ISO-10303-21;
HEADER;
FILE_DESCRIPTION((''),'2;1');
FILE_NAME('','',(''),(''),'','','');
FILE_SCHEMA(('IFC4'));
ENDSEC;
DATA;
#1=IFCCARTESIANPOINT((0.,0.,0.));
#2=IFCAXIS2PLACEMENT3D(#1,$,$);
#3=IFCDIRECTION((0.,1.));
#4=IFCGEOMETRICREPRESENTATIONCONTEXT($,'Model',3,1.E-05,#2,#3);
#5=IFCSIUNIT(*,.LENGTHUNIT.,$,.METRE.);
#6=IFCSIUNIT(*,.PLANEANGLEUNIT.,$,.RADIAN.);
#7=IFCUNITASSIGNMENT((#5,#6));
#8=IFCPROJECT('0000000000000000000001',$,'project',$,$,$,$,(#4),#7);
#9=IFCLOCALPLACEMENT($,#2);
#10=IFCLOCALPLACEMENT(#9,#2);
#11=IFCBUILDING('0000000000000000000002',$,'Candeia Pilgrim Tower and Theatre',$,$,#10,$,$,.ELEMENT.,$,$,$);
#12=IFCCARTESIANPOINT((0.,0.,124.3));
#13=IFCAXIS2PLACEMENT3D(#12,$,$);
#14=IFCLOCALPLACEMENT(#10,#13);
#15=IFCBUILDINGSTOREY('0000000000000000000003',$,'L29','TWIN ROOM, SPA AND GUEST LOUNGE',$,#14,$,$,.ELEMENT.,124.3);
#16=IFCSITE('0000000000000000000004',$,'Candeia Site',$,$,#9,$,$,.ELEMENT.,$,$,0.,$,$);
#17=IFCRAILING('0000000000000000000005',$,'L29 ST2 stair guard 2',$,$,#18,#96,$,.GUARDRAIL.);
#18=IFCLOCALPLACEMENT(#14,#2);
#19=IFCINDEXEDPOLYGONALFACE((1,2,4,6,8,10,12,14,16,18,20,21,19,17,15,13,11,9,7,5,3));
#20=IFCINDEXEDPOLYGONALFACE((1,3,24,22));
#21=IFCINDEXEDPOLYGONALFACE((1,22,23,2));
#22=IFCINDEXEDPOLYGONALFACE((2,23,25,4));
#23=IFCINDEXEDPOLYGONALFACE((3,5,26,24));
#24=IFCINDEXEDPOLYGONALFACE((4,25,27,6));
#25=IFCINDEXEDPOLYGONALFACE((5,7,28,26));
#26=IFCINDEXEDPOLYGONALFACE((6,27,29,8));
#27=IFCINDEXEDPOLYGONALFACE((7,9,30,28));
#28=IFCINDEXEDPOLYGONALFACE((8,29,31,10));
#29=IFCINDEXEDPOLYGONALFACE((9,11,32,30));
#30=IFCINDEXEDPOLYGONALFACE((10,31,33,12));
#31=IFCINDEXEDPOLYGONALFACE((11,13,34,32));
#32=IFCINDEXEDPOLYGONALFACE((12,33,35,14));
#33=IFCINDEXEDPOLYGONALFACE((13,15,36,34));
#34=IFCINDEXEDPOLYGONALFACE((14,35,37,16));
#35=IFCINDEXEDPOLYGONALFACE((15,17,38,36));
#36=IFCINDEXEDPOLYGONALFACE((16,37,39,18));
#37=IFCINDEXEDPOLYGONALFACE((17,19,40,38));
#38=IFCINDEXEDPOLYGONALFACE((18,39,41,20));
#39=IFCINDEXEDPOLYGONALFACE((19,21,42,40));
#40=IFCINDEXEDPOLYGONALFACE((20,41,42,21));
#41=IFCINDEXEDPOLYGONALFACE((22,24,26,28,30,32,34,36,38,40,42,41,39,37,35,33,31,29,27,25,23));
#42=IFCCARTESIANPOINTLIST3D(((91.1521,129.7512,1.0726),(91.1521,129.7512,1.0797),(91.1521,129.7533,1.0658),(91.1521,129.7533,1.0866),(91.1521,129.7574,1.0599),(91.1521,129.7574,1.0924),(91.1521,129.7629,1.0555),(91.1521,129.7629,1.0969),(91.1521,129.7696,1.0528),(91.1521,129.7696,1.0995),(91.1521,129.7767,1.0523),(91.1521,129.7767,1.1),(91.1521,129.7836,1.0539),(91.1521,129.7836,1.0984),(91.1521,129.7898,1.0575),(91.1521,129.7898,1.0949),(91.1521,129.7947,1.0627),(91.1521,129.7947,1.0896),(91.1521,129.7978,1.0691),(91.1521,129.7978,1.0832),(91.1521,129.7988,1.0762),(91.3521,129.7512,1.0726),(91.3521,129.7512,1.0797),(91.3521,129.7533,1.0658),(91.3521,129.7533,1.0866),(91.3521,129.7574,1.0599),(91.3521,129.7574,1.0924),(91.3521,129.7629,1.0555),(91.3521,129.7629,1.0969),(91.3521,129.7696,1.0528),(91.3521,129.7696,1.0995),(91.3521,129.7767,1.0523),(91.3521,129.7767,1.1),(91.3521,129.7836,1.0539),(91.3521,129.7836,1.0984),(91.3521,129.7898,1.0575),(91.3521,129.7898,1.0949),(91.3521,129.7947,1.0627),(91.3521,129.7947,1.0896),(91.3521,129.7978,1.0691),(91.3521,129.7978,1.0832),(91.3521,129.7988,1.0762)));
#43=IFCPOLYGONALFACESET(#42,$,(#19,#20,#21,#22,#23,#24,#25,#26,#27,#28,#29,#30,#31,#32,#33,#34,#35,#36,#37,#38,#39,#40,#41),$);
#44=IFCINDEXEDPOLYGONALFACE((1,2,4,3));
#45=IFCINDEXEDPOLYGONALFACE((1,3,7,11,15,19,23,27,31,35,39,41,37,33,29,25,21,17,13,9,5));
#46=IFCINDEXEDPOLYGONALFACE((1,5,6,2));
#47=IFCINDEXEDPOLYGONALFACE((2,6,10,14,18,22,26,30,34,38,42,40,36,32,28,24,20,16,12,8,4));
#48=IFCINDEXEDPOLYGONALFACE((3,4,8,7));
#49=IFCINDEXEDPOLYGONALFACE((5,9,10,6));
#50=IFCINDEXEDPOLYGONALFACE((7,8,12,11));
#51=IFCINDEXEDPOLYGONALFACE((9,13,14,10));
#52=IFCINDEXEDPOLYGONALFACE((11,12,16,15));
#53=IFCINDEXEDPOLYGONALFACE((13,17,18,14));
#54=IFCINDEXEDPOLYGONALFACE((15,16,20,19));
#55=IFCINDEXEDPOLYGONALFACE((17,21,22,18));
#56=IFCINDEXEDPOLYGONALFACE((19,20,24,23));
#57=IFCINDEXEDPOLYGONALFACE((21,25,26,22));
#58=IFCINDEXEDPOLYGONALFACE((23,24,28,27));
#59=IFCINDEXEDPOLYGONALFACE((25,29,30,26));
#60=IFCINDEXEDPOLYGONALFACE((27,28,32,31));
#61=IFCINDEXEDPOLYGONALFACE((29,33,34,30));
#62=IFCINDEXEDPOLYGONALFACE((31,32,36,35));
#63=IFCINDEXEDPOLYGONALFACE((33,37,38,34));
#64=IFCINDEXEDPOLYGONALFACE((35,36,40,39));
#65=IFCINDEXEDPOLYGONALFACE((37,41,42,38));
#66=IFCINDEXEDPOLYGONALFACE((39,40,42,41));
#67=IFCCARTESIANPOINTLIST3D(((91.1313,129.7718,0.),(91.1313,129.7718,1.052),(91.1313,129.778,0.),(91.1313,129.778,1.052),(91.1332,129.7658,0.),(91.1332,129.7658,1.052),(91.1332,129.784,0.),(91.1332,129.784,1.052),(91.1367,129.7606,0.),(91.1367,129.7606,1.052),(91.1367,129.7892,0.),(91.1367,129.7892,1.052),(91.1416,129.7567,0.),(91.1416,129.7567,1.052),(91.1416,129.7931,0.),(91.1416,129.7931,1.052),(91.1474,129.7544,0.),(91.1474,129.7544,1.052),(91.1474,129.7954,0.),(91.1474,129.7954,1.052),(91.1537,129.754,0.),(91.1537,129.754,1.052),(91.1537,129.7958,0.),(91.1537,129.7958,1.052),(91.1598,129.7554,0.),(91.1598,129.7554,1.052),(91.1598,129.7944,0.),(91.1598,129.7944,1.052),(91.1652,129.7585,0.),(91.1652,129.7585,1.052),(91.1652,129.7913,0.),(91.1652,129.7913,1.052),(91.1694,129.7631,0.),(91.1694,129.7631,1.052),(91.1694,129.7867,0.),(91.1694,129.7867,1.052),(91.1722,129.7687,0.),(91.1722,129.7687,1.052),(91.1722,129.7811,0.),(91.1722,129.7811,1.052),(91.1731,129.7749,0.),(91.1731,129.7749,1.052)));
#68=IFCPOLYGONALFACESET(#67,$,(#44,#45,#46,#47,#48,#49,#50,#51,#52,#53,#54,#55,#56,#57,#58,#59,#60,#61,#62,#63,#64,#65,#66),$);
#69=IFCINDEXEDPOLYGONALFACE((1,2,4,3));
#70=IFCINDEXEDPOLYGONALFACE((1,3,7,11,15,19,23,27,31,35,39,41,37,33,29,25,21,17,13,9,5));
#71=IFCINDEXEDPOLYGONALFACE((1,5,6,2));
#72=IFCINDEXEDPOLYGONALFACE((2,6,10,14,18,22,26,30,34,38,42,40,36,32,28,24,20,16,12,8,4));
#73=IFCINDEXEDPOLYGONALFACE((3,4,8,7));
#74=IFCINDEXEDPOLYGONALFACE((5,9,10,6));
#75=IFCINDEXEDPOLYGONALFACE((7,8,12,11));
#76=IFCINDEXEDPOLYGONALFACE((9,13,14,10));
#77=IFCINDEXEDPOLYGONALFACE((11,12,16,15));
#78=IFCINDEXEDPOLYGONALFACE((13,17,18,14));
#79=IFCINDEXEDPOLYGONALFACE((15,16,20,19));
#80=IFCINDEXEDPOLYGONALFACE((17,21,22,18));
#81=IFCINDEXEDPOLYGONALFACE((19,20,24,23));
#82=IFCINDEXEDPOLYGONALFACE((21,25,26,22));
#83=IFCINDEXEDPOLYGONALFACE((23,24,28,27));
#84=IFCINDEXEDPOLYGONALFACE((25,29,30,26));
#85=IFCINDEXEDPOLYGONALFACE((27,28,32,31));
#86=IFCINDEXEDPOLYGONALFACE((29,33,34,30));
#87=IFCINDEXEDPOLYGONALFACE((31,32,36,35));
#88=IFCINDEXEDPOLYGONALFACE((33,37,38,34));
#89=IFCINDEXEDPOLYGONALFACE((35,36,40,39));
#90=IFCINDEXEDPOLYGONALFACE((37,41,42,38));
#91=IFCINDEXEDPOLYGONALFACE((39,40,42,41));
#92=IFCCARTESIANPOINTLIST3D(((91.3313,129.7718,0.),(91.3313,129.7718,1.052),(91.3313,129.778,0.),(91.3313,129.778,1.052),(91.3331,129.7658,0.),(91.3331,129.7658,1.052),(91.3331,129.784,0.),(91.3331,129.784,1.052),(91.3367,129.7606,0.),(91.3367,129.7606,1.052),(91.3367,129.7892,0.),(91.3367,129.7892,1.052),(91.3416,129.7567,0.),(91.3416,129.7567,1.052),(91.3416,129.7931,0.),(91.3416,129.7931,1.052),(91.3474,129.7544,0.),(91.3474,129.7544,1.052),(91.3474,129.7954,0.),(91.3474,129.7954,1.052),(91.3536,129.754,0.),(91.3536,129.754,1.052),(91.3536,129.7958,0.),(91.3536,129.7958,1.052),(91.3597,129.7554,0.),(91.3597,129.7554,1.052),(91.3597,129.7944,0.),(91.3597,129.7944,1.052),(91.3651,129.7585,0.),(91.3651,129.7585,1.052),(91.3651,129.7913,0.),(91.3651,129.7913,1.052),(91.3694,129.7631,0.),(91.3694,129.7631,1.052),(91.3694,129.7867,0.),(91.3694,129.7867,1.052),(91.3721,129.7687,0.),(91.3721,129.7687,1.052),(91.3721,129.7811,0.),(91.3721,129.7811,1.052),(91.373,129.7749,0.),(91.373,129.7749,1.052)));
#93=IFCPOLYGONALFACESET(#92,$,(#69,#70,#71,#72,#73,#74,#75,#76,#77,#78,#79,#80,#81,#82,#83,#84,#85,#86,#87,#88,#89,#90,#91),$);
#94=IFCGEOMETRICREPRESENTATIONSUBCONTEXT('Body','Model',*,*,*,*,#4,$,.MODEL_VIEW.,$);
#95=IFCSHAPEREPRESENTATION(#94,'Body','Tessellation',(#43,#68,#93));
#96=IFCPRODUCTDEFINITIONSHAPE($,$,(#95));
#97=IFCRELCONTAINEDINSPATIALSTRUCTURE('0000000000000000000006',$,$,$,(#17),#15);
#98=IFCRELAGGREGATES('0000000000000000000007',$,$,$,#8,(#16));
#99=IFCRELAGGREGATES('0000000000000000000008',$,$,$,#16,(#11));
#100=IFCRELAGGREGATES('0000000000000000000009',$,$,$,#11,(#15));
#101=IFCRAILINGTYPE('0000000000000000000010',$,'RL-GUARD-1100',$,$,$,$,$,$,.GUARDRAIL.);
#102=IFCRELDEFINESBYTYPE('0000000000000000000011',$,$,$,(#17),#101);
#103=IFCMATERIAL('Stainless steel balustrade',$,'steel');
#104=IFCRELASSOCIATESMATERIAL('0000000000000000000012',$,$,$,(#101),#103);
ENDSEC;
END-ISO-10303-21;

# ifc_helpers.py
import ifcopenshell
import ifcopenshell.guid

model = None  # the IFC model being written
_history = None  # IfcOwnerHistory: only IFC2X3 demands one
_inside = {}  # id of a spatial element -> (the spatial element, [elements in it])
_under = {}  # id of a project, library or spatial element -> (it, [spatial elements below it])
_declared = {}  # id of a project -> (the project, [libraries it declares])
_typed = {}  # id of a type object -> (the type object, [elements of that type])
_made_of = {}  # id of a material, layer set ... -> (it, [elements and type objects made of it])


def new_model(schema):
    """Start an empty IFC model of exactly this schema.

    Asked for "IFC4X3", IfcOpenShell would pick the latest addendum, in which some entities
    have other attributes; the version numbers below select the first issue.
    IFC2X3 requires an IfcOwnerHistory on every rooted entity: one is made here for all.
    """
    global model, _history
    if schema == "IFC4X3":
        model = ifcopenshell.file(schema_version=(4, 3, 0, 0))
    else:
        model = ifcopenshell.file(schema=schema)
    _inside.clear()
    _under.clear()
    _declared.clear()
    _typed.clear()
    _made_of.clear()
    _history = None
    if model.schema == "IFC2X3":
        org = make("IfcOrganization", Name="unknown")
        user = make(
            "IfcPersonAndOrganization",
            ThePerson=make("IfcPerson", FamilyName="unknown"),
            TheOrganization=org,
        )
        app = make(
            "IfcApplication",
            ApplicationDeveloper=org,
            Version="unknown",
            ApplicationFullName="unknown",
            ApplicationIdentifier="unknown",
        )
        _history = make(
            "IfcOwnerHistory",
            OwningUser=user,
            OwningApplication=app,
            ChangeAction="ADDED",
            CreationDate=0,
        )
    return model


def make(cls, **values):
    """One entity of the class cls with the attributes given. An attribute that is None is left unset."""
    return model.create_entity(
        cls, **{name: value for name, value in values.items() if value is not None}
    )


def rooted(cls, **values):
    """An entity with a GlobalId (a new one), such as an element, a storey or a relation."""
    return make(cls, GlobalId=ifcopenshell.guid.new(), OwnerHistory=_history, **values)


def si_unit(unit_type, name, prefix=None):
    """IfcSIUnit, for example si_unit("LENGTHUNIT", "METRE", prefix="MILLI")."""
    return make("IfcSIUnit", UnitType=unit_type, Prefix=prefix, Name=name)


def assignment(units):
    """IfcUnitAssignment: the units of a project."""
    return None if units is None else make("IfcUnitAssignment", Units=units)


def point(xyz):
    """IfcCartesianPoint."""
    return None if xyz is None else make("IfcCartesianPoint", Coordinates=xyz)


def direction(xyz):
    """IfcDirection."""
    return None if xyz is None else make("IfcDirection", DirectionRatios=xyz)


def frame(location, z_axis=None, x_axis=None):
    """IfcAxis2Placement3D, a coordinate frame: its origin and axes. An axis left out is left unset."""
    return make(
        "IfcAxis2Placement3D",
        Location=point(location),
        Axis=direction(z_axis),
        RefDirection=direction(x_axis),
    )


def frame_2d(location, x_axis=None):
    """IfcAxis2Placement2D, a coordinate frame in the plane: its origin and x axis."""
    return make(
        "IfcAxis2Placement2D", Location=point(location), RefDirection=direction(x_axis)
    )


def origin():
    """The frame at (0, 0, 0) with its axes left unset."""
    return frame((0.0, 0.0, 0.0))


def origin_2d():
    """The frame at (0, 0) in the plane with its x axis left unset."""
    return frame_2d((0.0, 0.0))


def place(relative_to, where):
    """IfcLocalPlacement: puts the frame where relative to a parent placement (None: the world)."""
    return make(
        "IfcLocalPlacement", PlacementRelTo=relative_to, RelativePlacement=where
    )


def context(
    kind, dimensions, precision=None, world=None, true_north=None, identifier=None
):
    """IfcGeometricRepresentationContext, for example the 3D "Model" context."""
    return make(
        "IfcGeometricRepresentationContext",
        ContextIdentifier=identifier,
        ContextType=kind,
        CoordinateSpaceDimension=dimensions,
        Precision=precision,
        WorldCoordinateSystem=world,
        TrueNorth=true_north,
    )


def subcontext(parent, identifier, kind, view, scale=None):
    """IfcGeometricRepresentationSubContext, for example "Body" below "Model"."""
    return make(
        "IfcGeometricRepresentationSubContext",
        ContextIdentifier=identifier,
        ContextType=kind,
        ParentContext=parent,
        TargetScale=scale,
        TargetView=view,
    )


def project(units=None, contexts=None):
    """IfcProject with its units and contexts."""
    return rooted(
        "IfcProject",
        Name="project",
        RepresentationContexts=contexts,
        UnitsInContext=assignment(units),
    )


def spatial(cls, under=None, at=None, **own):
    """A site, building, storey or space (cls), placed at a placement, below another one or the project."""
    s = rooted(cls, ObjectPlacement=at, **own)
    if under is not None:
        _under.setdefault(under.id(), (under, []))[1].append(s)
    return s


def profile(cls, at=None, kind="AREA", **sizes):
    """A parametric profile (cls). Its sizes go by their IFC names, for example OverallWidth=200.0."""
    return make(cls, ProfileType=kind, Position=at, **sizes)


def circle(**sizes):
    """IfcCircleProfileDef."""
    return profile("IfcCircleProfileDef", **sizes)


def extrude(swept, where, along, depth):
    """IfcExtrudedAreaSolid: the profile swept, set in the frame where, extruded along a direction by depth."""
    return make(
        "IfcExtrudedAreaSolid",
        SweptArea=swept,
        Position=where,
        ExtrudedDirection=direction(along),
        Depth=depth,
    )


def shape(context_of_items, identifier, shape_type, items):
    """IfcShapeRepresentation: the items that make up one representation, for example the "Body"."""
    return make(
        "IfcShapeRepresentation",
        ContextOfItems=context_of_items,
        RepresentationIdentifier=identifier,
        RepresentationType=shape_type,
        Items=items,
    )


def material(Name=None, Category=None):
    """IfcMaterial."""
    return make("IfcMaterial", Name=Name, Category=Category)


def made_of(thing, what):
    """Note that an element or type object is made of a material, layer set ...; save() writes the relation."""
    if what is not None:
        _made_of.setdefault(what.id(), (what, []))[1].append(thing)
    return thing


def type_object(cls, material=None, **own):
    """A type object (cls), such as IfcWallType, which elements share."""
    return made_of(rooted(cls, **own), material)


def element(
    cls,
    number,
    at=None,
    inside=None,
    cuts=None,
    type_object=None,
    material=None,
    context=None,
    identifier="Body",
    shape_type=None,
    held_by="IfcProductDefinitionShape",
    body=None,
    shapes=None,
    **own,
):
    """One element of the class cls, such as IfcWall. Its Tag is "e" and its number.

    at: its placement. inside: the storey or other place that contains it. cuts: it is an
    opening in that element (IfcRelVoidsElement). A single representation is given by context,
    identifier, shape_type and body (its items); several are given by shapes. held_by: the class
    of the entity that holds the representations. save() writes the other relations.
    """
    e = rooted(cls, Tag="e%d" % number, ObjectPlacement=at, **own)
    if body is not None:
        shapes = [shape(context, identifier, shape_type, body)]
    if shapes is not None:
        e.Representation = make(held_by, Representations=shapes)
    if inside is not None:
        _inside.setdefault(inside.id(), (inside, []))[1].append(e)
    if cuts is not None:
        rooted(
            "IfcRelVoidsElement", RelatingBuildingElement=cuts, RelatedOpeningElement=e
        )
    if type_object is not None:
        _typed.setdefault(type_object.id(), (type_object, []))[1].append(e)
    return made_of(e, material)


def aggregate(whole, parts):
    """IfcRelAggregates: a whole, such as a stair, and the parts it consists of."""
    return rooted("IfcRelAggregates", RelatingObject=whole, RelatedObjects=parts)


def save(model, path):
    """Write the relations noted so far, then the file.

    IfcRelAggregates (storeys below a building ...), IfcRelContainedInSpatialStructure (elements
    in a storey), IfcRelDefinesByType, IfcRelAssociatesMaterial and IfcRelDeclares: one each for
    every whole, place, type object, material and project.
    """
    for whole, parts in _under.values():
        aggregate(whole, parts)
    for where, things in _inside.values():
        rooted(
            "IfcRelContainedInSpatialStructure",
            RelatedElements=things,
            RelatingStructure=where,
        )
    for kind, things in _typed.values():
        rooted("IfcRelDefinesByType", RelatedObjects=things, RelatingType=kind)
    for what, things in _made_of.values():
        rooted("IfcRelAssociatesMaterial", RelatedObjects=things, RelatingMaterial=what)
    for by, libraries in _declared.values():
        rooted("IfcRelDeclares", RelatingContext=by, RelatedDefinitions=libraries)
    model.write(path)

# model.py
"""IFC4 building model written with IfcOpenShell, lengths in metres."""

from ifc_helpers import new_model, si_unit, direction, frame, origin, origin_2d, place, context, subcontext, project, spatial, circle, extrude, material, type_object, element, save


model = new_model("IFC4")

# Units and contexts
model_context = context("Model", 3, precision=1e-05, world=origin(), true_north=direction((0.0, 1.0)))
body_context = subcontext(model_context, "Body", "Model", "MODEL_VIEW")
ifc_project = project(units=[si_unit("LENGTHUNIT", "METRE"), si_unit("PLANEANGLEUNIT", "RADIAN")], contexts=[model_context])

# Site, building, storey
site_placement = place(None, origin())
site = spatial("IfcSite", under=ifc_project, at=site_placement, Name="Candeia Site", CompositionType="ELEMENT", RefElevation=0.0)
building_placement = place(site_placement, origin())
building = spatial("IfcBuilding", under=site, at=building_placement, Name="Candeia Pilgrim Tower and Theatre", CompositionType="ELEMENT")
storey_placement = place(building_placement, frame((0.0, 0.0, 124.3)))
storey = spatial("IfcBuildingStorey", under=building, at=storey_placement, Name="L29", Description="TWIN ROOM, SPA AND GUEST LOUNGE", CompositionType="ELEMENT", Elevation=124.3)

# Shared definitions
ifc_material_1 = material(Name="Stainless steel balustrade", Category="steel")

# Railing
railing_type_1 = type_object("IfcRailingType", Name="RL-GUARD-1100", PredefinedType="GUARDRAIL", material=ifc_material_1)
railing_1_placement = place(storey_placement, frame((91.1521, 129.7749, 0.0)))
element("IfcRailing", 1, at=railing_1_placement, inside=storey, type_object=railing_type_1, Name="L29 ST2 stair guard 2", PredefinedType="GUARDRAIL", context=body_context, shape_type="SweptSolid", body=[
    extrude(circle(Radius=0.0239, at=origin_2d()), frame((0.0, 0.0, 1.0762), z_axis=(1.0, 0.0, 0.0), x_axis=(0.0, 1.0, 0.0)), (0.0, 0.0, 1.0), 0.2),
    extrude(circle(Radius=0.021, at=origin_2d()), origin(), (0.0, 0.0, 1.0), 1.052),
    extrude(circle(Radius=0.021, at=origin_2d()), frame((0.2, 0.0, 0.0)), (0.0, 0.0, 1.0), 1.052),
])

save(model, "model.ifc")
